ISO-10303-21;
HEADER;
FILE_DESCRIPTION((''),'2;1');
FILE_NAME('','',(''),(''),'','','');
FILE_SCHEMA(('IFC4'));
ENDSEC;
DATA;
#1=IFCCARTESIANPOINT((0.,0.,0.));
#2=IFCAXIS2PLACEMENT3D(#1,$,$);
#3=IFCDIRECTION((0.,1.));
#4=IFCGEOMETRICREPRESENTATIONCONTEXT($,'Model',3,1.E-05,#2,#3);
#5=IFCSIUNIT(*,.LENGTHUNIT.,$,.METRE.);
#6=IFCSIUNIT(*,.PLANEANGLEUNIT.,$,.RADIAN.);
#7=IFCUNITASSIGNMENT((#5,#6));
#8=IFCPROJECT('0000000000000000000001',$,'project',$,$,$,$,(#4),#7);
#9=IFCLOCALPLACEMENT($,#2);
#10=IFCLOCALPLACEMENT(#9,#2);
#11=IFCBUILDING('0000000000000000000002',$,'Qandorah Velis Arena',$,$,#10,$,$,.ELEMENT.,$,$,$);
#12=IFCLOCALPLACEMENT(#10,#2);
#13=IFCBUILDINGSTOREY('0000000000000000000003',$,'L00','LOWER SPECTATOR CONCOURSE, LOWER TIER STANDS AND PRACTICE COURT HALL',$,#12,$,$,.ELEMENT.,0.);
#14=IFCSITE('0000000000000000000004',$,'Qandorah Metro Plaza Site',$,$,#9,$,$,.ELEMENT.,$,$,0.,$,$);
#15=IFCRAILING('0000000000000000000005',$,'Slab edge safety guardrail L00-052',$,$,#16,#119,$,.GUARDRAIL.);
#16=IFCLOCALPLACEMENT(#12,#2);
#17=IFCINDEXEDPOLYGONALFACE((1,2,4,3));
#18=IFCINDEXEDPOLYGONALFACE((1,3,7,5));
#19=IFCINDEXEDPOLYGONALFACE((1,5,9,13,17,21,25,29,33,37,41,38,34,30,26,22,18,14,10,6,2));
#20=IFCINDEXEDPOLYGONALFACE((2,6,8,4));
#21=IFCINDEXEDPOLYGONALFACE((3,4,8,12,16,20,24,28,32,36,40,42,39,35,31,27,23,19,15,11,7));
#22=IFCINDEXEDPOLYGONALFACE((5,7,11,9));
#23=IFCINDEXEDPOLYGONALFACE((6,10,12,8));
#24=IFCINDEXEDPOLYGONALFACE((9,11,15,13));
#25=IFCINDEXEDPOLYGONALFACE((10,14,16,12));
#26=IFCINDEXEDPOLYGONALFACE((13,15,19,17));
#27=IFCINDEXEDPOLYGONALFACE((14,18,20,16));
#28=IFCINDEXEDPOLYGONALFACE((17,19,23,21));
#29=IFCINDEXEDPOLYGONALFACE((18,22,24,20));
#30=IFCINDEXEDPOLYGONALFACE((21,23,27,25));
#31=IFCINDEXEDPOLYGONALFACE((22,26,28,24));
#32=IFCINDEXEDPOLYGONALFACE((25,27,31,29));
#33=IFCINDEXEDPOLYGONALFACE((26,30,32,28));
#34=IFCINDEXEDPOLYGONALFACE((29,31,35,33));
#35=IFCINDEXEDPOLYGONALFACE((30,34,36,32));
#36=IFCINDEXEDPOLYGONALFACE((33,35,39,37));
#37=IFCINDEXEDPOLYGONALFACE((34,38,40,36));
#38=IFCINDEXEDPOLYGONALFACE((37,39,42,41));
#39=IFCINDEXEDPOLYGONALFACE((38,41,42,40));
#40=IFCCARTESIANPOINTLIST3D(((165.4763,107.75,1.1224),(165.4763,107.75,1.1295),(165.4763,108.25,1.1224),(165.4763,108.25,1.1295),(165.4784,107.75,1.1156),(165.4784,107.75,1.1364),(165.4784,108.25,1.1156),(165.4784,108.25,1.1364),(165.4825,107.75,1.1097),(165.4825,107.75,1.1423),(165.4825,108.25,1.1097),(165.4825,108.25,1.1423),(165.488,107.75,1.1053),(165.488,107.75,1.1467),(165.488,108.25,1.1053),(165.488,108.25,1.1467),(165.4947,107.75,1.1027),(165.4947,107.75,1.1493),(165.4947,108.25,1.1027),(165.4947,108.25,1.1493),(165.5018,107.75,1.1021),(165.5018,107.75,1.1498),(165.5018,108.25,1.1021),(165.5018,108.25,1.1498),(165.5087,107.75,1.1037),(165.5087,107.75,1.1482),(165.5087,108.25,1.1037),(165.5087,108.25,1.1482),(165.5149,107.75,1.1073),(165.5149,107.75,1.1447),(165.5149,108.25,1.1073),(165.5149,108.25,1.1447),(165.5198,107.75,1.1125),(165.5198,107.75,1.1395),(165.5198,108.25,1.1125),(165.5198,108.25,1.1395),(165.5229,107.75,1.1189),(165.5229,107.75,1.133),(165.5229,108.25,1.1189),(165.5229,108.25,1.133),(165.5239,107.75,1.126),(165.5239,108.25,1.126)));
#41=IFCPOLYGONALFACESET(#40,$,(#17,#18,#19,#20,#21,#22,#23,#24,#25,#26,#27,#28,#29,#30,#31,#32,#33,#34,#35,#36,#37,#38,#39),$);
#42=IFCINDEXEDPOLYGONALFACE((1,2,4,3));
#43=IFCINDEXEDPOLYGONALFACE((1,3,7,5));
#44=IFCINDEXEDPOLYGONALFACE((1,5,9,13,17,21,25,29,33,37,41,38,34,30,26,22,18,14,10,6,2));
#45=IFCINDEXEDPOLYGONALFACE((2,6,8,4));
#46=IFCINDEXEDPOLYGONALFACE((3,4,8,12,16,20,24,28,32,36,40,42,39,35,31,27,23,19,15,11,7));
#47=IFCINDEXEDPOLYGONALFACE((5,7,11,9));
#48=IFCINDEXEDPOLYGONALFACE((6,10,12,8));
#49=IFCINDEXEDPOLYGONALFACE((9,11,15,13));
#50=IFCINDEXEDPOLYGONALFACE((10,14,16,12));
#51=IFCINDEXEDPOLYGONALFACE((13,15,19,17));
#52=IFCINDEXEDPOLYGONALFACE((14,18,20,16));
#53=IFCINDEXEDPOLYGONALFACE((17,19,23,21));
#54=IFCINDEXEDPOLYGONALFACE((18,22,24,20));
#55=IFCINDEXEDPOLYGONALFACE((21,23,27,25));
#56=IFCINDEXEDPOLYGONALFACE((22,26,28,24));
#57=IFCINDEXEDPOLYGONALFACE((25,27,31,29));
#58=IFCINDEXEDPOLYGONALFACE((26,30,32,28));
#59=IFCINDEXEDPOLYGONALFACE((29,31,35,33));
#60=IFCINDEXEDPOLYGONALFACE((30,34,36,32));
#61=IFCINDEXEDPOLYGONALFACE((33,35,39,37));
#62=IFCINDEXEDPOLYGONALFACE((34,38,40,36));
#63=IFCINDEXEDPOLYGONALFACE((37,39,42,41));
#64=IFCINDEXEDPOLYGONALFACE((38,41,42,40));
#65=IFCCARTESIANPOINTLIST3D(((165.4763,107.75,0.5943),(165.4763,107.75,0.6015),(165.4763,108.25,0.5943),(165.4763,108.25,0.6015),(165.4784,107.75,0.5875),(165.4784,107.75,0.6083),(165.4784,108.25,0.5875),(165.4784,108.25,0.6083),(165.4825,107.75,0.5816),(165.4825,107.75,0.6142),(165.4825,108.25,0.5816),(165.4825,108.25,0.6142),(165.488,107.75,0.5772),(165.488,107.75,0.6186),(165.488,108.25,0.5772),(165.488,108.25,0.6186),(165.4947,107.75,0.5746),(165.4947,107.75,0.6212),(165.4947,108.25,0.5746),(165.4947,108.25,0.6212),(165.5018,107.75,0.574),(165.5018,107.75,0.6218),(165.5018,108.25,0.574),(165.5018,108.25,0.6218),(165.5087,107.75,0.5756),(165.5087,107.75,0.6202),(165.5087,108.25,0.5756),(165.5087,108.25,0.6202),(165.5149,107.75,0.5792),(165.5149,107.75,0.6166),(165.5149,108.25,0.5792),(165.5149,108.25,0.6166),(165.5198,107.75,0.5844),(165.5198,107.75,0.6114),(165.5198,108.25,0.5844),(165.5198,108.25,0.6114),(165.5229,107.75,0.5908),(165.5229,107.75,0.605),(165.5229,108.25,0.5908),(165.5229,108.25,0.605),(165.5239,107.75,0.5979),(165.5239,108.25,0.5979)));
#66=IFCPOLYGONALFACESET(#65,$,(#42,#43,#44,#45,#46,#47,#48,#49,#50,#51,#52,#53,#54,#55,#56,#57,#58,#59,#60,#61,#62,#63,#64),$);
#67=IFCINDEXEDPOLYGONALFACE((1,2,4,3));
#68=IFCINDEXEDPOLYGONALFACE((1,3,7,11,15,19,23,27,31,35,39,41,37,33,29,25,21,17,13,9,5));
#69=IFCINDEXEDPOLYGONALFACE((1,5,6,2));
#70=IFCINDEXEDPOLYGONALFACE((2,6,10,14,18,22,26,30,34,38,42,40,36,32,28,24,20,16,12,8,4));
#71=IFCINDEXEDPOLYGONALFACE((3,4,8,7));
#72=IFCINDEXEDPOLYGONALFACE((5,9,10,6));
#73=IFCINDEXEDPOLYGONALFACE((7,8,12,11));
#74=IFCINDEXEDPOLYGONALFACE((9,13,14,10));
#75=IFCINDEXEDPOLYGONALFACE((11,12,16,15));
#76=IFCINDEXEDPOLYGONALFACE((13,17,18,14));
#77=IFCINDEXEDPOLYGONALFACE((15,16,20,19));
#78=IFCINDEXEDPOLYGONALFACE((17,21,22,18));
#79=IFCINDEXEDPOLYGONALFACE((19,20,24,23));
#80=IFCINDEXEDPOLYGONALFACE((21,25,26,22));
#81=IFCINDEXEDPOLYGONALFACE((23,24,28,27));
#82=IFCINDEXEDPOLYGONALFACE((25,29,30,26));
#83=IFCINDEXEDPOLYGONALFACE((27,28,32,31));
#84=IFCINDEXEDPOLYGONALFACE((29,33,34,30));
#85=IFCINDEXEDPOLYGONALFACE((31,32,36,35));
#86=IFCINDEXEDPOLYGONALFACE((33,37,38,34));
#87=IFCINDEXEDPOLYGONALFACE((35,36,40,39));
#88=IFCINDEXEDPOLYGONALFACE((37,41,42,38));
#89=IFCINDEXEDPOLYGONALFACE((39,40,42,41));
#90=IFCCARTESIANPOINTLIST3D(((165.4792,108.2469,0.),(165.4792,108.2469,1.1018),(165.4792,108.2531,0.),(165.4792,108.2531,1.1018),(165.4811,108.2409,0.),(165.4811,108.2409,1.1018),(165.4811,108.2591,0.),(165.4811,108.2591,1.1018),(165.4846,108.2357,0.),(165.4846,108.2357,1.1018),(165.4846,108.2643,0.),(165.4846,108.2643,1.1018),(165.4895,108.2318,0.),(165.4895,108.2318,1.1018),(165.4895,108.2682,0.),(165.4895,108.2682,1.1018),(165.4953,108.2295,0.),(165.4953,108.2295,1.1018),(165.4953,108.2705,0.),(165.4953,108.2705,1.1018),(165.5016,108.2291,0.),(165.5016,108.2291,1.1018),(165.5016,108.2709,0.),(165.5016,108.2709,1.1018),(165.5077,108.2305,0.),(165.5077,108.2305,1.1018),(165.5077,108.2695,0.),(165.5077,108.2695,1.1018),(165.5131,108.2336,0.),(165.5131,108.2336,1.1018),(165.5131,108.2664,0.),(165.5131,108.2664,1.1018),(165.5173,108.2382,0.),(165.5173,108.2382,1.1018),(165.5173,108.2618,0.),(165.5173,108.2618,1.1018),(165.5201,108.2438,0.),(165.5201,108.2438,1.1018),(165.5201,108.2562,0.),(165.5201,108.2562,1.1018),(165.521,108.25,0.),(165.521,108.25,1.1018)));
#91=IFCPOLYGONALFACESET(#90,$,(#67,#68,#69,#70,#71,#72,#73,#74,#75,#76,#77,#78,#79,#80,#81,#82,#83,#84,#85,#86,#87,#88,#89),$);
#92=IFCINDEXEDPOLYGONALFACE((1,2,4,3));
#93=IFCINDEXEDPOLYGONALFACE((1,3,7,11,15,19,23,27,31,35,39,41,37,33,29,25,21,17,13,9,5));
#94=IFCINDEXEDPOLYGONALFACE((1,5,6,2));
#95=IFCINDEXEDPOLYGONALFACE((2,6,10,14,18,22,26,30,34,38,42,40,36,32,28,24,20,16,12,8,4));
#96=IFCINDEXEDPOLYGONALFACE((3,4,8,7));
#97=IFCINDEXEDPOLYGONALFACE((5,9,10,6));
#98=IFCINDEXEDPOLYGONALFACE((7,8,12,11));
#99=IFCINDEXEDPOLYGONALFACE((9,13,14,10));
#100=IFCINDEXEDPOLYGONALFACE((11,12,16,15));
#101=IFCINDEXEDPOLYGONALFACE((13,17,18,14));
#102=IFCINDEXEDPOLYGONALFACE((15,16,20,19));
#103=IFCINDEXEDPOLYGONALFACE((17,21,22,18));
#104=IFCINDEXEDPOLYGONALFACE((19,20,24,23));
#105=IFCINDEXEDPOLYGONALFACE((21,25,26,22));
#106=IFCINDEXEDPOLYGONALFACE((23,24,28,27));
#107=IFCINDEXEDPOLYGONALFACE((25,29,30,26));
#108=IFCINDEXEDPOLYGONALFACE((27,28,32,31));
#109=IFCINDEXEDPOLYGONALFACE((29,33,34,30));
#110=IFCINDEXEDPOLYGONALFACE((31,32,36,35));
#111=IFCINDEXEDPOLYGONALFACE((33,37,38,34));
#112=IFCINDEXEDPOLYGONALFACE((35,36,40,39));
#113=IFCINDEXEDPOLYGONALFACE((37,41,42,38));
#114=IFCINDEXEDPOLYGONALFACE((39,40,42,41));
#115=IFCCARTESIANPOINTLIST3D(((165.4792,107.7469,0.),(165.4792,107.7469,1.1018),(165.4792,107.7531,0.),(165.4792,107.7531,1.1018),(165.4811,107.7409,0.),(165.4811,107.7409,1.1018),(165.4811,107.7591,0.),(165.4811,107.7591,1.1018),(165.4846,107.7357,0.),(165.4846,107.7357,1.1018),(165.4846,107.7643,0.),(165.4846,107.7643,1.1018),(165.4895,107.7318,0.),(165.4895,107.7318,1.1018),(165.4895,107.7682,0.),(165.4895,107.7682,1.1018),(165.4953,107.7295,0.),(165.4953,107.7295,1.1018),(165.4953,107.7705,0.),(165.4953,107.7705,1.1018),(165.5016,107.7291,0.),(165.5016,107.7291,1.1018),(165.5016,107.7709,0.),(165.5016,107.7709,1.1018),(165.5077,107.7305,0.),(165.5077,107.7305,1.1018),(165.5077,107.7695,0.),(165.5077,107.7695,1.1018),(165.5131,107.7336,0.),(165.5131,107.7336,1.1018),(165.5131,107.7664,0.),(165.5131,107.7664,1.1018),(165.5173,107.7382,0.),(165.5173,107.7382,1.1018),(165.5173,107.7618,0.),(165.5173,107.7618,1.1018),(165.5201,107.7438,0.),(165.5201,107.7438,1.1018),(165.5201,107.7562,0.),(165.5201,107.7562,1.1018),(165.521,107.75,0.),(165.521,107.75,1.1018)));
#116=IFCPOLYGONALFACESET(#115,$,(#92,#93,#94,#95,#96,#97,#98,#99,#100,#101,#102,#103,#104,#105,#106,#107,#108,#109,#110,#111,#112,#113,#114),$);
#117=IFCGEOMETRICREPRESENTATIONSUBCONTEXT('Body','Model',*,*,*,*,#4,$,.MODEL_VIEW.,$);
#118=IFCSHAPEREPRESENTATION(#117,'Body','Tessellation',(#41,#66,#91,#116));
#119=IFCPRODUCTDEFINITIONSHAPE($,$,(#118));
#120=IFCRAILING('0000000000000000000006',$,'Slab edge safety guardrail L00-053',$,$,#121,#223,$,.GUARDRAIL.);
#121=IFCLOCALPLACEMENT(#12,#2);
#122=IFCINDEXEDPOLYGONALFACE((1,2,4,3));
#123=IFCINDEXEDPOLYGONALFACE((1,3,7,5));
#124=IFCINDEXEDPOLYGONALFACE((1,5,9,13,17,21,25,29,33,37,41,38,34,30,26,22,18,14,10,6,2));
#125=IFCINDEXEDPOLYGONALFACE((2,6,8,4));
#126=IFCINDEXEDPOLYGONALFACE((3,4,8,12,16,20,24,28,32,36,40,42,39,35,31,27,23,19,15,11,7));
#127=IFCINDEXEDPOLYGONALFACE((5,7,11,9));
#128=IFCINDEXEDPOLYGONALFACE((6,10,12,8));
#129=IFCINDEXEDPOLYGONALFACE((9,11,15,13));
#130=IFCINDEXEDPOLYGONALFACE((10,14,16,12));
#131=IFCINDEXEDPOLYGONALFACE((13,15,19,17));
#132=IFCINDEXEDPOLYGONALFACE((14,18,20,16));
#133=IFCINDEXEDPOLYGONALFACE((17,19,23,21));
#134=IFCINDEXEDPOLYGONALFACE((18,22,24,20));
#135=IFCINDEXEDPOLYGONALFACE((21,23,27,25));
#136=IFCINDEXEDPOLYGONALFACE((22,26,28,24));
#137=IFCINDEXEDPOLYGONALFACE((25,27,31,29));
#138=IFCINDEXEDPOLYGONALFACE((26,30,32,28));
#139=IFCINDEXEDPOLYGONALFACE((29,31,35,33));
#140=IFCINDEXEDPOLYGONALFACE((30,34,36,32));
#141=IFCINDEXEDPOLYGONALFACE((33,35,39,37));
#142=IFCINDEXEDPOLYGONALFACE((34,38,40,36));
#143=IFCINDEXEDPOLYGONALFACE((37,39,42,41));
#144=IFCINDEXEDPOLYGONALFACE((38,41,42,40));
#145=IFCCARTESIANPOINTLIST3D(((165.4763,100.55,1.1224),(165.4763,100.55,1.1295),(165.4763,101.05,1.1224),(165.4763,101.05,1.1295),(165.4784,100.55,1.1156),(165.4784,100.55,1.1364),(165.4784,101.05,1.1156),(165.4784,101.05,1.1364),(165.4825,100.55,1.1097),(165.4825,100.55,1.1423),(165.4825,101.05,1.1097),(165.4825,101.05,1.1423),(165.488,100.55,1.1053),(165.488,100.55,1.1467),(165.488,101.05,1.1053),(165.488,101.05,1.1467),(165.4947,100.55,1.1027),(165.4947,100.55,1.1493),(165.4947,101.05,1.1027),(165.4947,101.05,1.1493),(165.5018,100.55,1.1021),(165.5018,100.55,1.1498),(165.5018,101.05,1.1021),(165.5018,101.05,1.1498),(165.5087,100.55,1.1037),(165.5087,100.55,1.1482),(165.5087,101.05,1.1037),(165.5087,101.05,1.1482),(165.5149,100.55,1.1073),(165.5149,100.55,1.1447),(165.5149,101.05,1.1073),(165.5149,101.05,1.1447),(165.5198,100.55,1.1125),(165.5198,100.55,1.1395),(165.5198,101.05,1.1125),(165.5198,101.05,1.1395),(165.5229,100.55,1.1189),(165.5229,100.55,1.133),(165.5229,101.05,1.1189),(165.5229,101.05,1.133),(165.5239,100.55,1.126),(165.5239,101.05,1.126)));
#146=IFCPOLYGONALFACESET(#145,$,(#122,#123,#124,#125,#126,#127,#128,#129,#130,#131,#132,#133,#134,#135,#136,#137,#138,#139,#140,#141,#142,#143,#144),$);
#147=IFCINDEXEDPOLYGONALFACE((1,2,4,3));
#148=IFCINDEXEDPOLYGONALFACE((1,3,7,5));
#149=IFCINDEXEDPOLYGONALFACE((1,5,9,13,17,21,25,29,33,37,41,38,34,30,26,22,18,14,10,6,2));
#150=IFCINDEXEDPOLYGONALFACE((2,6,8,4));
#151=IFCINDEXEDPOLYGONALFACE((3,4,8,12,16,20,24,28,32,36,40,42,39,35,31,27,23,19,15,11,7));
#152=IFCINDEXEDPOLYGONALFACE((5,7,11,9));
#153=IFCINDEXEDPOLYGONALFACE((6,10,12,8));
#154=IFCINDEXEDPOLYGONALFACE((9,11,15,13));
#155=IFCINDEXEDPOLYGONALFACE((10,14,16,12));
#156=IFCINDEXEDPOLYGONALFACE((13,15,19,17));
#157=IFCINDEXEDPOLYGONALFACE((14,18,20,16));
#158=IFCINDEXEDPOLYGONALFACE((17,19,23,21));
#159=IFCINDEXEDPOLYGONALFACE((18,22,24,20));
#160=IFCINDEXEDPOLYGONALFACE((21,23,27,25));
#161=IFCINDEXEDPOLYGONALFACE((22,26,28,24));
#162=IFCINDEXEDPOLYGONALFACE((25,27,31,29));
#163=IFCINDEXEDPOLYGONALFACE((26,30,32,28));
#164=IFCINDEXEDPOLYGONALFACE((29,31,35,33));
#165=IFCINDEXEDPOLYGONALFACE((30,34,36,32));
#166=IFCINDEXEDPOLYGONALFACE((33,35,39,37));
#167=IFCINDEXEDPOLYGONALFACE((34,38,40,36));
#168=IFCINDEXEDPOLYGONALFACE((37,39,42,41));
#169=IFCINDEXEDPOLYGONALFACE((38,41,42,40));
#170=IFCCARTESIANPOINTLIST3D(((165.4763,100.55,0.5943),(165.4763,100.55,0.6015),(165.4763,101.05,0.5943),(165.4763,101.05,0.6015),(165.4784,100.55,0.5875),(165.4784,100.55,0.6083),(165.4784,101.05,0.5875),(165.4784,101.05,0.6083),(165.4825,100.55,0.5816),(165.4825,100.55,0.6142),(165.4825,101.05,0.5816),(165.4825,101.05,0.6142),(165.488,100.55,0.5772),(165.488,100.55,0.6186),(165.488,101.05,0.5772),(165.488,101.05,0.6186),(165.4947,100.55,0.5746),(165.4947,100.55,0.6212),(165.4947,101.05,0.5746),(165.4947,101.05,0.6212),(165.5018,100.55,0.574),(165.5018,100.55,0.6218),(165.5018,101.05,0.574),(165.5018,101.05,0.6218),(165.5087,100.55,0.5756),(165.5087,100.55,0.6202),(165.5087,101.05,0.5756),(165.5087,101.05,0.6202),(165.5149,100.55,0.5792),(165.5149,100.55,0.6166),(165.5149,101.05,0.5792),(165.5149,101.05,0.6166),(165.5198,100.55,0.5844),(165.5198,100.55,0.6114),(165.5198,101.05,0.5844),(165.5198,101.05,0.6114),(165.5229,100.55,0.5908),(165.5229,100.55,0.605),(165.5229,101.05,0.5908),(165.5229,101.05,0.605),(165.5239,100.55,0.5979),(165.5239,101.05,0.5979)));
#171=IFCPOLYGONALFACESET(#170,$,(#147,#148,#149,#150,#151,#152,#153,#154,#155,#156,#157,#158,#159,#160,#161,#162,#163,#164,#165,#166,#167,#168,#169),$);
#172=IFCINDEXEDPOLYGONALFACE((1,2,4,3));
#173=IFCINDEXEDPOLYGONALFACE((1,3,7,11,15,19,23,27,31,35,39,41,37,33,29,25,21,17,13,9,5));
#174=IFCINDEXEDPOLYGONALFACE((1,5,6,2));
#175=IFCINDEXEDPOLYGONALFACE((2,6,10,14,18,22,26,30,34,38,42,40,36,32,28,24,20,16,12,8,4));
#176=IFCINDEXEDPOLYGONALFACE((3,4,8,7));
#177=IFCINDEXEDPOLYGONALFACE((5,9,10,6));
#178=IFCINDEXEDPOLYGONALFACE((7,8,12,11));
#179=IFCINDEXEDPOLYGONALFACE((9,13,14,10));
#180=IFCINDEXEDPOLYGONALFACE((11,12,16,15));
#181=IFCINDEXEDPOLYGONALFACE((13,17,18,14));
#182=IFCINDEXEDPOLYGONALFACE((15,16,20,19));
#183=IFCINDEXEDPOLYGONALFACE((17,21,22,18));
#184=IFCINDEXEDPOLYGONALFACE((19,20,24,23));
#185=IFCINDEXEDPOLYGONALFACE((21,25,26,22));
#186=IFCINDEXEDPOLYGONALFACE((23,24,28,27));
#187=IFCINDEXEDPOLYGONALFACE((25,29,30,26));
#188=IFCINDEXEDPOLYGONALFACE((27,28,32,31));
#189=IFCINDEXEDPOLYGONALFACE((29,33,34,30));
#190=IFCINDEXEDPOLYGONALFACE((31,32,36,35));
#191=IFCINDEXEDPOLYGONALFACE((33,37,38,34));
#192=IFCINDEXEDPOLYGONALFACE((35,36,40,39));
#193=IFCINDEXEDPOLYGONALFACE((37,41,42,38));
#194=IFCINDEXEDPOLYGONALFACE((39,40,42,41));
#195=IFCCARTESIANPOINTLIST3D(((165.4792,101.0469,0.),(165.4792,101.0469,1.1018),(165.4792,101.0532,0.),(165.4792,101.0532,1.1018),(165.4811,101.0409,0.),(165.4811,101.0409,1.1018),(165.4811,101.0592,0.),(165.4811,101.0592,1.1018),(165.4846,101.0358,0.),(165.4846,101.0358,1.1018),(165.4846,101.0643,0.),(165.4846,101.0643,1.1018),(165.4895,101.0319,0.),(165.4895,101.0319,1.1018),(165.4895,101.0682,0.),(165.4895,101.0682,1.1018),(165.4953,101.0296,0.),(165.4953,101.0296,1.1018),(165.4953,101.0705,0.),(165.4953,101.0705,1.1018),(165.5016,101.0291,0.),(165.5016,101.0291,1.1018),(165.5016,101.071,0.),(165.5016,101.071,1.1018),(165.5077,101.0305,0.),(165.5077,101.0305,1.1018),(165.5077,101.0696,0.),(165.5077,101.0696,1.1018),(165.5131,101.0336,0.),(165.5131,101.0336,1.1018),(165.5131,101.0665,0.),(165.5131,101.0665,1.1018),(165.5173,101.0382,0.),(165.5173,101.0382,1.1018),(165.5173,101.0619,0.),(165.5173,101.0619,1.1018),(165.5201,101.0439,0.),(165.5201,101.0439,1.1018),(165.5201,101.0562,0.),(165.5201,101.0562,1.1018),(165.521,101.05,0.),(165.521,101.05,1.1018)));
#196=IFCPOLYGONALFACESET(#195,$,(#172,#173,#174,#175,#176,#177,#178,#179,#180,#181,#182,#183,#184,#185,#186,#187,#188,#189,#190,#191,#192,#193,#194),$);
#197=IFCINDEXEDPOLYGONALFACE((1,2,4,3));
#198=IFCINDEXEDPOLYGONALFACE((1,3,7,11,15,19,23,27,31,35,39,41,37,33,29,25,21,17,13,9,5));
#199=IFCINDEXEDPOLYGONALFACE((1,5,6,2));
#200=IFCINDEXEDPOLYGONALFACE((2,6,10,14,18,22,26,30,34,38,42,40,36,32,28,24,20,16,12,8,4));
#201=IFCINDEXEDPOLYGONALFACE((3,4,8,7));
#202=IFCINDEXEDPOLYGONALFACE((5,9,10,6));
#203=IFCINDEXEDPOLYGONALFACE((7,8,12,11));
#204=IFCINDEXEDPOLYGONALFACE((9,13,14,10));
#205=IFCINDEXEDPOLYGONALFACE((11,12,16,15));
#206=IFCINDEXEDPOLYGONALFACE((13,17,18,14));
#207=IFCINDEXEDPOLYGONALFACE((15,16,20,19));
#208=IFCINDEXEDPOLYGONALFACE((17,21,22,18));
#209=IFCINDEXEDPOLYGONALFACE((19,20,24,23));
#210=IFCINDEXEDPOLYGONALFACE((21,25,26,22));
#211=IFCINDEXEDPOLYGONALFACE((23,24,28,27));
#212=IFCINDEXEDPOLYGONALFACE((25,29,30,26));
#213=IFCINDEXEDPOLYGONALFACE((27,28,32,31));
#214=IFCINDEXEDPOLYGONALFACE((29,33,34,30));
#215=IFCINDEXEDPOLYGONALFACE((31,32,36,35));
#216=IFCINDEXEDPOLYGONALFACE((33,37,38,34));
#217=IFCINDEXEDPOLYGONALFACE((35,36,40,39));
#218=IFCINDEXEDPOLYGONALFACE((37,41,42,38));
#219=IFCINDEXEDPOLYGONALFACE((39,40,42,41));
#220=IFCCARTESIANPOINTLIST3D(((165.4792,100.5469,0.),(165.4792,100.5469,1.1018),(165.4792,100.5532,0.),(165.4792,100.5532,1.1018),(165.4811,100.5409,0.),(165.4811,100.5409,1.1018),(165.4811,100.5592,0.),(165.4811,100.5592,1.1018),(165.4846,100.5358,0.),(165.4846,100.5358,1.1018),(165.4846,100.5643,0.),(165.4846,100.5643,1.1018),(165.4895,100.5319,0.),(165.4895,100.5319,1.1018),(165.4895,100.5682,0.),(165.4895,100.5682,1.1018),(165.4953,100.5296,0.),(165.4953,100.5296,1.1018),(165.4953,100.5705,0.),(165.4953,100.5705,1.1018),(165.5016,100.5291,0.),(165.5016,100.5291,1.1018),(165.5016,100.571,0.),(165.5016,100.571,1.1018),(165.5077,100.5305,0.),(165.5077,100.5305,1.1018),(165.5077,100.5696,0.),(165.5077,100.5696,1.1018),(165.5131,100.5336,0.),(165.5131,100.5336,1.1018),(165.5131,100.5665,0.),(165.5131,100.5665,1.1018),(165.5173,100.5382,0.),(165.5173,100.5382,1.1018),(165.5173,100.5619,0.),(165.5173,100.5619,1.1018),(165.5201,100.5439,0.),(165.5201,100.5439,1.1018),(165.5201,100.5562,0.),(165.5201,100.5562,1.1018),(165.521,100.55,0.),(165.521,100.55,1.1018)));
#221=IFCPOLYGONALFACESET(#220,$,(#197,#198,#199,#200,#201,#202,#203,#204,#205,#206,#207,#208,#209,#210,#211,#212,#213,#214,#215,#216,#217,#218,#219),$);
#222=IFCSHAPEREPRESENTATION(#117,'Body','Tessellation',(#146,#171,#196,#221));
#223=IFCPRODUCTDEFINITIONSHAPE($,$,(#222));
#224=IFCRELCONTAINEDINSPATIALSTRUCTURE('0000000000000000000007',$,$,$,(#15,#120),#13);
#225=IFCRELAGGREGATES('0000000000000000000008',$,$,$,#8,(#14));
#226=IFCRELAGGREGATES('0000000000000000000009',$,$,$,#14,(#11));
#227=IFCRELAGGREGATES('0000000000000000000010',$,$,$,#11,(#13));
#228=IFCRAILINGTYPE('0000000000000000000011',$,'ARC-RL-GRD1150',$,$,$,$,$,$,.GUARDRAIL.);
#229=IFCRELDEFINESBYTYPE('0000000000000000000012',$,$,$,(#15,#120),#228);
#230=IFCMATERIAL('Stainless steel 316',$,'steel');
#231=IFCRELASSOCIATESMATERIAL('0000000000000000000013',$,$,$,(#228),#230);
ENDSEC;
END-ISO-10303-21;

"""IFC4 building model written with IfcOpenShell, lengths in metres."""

from ifc_helpers import new_model, si_unit, direction, frame, origin, origin_2d, place, context, subcontext, project, spatial, circle, extrude, material, type_object, element, save


model = new_model("IFC4")

# Units and contexts
model_context = context("Model", 3, precision=1e-05, world=origin(), true_north=direction((0.0, 1.0)))
body_context = subcontext(model_context, "Body", "Model", "MODEL_VIEW")
ifc_project = project(units=[si_unit("LENGTHUNIT", "METRE"), si_unit("PLANEANGLEUNIT", "RADIAN")], contexts=[model_context])

# Site, building, storey
site_placement = place(None, origin())
site = spatial("IfcSite", under=ifc_project, at=site_placement, Name="Qandorah Metro Plaza Site", CompositionType="ELEMENT", RefElevation=0.0)
building_placement = place(site_placement, origin())
building = spatial("IfcBuilding", under=site, at=building_placement, Name="Qandorah Velis Arena", CompositionType="ELEMENT")
storey_placement = place(building_placement, origin())
storey = spatial("IfcBuildingStorey", under=building, at=storey_placement, Name="L00", Description="LOWER SPECTATOR CONCOURSE, LOWER TIER STANDS AND PRACTICE COURT HALL", CompositionType="ELEMENT", Elevation=0.0)

# Railings
ifc_material_1 = material(Name="Stainless steel 316", Category="steel")
railing_type = type_object("IfcRailingType", Name="ARC-RL-GRD1150", PredefinedType="GUARDRAIL", material=ifc_material_1)
for number, where, name in (
    (1, (165.5, 108.25, 0.0), "Slab edge safety guardrail L00-052"),
    (2, (165.5, 101.05, 0.0), "Slab edge safety guardrail L00-053"),
):
    element("IfcRailing", number, at=place(storey_placement, frame(where)), inside=storey, type_object=railing_type, Name=name, PredefinedType="GUARDRAIL", context=body_context, shape_type="SweptSolid", body=[
        extrude(circle(Radius=0.0239, at=origin_2d()), frame((0.0, 0.0, 1.126), z_axis=(0.0, -1.0, 0.0), x_axis=(1.0, 0.0, 0.0)), (0.0, 0.0, 1.0), 0.5),
        extrude(circle(Radius=0.0239, at=origin_2d()), frame((0.0, 0.0, 0.5979), z_axis=(0.0, -1.0, 0.0), x_axis=(1.0, 0.0, 0.0)), (0.0, 0.0, 1.0), 0.5),
        extrude(circle(Radius=0.021, at=origin_2d()), origin(), (0.0, 0.0, 1.0), 1.1018),
        extrude(circle(Radius=0.021, at=origin_2d()), frame((0.0, -0.5, 0.0)), (0.0, 0.0, 1.0), 1.1018),
    ])

save(model, "model.ifc")
